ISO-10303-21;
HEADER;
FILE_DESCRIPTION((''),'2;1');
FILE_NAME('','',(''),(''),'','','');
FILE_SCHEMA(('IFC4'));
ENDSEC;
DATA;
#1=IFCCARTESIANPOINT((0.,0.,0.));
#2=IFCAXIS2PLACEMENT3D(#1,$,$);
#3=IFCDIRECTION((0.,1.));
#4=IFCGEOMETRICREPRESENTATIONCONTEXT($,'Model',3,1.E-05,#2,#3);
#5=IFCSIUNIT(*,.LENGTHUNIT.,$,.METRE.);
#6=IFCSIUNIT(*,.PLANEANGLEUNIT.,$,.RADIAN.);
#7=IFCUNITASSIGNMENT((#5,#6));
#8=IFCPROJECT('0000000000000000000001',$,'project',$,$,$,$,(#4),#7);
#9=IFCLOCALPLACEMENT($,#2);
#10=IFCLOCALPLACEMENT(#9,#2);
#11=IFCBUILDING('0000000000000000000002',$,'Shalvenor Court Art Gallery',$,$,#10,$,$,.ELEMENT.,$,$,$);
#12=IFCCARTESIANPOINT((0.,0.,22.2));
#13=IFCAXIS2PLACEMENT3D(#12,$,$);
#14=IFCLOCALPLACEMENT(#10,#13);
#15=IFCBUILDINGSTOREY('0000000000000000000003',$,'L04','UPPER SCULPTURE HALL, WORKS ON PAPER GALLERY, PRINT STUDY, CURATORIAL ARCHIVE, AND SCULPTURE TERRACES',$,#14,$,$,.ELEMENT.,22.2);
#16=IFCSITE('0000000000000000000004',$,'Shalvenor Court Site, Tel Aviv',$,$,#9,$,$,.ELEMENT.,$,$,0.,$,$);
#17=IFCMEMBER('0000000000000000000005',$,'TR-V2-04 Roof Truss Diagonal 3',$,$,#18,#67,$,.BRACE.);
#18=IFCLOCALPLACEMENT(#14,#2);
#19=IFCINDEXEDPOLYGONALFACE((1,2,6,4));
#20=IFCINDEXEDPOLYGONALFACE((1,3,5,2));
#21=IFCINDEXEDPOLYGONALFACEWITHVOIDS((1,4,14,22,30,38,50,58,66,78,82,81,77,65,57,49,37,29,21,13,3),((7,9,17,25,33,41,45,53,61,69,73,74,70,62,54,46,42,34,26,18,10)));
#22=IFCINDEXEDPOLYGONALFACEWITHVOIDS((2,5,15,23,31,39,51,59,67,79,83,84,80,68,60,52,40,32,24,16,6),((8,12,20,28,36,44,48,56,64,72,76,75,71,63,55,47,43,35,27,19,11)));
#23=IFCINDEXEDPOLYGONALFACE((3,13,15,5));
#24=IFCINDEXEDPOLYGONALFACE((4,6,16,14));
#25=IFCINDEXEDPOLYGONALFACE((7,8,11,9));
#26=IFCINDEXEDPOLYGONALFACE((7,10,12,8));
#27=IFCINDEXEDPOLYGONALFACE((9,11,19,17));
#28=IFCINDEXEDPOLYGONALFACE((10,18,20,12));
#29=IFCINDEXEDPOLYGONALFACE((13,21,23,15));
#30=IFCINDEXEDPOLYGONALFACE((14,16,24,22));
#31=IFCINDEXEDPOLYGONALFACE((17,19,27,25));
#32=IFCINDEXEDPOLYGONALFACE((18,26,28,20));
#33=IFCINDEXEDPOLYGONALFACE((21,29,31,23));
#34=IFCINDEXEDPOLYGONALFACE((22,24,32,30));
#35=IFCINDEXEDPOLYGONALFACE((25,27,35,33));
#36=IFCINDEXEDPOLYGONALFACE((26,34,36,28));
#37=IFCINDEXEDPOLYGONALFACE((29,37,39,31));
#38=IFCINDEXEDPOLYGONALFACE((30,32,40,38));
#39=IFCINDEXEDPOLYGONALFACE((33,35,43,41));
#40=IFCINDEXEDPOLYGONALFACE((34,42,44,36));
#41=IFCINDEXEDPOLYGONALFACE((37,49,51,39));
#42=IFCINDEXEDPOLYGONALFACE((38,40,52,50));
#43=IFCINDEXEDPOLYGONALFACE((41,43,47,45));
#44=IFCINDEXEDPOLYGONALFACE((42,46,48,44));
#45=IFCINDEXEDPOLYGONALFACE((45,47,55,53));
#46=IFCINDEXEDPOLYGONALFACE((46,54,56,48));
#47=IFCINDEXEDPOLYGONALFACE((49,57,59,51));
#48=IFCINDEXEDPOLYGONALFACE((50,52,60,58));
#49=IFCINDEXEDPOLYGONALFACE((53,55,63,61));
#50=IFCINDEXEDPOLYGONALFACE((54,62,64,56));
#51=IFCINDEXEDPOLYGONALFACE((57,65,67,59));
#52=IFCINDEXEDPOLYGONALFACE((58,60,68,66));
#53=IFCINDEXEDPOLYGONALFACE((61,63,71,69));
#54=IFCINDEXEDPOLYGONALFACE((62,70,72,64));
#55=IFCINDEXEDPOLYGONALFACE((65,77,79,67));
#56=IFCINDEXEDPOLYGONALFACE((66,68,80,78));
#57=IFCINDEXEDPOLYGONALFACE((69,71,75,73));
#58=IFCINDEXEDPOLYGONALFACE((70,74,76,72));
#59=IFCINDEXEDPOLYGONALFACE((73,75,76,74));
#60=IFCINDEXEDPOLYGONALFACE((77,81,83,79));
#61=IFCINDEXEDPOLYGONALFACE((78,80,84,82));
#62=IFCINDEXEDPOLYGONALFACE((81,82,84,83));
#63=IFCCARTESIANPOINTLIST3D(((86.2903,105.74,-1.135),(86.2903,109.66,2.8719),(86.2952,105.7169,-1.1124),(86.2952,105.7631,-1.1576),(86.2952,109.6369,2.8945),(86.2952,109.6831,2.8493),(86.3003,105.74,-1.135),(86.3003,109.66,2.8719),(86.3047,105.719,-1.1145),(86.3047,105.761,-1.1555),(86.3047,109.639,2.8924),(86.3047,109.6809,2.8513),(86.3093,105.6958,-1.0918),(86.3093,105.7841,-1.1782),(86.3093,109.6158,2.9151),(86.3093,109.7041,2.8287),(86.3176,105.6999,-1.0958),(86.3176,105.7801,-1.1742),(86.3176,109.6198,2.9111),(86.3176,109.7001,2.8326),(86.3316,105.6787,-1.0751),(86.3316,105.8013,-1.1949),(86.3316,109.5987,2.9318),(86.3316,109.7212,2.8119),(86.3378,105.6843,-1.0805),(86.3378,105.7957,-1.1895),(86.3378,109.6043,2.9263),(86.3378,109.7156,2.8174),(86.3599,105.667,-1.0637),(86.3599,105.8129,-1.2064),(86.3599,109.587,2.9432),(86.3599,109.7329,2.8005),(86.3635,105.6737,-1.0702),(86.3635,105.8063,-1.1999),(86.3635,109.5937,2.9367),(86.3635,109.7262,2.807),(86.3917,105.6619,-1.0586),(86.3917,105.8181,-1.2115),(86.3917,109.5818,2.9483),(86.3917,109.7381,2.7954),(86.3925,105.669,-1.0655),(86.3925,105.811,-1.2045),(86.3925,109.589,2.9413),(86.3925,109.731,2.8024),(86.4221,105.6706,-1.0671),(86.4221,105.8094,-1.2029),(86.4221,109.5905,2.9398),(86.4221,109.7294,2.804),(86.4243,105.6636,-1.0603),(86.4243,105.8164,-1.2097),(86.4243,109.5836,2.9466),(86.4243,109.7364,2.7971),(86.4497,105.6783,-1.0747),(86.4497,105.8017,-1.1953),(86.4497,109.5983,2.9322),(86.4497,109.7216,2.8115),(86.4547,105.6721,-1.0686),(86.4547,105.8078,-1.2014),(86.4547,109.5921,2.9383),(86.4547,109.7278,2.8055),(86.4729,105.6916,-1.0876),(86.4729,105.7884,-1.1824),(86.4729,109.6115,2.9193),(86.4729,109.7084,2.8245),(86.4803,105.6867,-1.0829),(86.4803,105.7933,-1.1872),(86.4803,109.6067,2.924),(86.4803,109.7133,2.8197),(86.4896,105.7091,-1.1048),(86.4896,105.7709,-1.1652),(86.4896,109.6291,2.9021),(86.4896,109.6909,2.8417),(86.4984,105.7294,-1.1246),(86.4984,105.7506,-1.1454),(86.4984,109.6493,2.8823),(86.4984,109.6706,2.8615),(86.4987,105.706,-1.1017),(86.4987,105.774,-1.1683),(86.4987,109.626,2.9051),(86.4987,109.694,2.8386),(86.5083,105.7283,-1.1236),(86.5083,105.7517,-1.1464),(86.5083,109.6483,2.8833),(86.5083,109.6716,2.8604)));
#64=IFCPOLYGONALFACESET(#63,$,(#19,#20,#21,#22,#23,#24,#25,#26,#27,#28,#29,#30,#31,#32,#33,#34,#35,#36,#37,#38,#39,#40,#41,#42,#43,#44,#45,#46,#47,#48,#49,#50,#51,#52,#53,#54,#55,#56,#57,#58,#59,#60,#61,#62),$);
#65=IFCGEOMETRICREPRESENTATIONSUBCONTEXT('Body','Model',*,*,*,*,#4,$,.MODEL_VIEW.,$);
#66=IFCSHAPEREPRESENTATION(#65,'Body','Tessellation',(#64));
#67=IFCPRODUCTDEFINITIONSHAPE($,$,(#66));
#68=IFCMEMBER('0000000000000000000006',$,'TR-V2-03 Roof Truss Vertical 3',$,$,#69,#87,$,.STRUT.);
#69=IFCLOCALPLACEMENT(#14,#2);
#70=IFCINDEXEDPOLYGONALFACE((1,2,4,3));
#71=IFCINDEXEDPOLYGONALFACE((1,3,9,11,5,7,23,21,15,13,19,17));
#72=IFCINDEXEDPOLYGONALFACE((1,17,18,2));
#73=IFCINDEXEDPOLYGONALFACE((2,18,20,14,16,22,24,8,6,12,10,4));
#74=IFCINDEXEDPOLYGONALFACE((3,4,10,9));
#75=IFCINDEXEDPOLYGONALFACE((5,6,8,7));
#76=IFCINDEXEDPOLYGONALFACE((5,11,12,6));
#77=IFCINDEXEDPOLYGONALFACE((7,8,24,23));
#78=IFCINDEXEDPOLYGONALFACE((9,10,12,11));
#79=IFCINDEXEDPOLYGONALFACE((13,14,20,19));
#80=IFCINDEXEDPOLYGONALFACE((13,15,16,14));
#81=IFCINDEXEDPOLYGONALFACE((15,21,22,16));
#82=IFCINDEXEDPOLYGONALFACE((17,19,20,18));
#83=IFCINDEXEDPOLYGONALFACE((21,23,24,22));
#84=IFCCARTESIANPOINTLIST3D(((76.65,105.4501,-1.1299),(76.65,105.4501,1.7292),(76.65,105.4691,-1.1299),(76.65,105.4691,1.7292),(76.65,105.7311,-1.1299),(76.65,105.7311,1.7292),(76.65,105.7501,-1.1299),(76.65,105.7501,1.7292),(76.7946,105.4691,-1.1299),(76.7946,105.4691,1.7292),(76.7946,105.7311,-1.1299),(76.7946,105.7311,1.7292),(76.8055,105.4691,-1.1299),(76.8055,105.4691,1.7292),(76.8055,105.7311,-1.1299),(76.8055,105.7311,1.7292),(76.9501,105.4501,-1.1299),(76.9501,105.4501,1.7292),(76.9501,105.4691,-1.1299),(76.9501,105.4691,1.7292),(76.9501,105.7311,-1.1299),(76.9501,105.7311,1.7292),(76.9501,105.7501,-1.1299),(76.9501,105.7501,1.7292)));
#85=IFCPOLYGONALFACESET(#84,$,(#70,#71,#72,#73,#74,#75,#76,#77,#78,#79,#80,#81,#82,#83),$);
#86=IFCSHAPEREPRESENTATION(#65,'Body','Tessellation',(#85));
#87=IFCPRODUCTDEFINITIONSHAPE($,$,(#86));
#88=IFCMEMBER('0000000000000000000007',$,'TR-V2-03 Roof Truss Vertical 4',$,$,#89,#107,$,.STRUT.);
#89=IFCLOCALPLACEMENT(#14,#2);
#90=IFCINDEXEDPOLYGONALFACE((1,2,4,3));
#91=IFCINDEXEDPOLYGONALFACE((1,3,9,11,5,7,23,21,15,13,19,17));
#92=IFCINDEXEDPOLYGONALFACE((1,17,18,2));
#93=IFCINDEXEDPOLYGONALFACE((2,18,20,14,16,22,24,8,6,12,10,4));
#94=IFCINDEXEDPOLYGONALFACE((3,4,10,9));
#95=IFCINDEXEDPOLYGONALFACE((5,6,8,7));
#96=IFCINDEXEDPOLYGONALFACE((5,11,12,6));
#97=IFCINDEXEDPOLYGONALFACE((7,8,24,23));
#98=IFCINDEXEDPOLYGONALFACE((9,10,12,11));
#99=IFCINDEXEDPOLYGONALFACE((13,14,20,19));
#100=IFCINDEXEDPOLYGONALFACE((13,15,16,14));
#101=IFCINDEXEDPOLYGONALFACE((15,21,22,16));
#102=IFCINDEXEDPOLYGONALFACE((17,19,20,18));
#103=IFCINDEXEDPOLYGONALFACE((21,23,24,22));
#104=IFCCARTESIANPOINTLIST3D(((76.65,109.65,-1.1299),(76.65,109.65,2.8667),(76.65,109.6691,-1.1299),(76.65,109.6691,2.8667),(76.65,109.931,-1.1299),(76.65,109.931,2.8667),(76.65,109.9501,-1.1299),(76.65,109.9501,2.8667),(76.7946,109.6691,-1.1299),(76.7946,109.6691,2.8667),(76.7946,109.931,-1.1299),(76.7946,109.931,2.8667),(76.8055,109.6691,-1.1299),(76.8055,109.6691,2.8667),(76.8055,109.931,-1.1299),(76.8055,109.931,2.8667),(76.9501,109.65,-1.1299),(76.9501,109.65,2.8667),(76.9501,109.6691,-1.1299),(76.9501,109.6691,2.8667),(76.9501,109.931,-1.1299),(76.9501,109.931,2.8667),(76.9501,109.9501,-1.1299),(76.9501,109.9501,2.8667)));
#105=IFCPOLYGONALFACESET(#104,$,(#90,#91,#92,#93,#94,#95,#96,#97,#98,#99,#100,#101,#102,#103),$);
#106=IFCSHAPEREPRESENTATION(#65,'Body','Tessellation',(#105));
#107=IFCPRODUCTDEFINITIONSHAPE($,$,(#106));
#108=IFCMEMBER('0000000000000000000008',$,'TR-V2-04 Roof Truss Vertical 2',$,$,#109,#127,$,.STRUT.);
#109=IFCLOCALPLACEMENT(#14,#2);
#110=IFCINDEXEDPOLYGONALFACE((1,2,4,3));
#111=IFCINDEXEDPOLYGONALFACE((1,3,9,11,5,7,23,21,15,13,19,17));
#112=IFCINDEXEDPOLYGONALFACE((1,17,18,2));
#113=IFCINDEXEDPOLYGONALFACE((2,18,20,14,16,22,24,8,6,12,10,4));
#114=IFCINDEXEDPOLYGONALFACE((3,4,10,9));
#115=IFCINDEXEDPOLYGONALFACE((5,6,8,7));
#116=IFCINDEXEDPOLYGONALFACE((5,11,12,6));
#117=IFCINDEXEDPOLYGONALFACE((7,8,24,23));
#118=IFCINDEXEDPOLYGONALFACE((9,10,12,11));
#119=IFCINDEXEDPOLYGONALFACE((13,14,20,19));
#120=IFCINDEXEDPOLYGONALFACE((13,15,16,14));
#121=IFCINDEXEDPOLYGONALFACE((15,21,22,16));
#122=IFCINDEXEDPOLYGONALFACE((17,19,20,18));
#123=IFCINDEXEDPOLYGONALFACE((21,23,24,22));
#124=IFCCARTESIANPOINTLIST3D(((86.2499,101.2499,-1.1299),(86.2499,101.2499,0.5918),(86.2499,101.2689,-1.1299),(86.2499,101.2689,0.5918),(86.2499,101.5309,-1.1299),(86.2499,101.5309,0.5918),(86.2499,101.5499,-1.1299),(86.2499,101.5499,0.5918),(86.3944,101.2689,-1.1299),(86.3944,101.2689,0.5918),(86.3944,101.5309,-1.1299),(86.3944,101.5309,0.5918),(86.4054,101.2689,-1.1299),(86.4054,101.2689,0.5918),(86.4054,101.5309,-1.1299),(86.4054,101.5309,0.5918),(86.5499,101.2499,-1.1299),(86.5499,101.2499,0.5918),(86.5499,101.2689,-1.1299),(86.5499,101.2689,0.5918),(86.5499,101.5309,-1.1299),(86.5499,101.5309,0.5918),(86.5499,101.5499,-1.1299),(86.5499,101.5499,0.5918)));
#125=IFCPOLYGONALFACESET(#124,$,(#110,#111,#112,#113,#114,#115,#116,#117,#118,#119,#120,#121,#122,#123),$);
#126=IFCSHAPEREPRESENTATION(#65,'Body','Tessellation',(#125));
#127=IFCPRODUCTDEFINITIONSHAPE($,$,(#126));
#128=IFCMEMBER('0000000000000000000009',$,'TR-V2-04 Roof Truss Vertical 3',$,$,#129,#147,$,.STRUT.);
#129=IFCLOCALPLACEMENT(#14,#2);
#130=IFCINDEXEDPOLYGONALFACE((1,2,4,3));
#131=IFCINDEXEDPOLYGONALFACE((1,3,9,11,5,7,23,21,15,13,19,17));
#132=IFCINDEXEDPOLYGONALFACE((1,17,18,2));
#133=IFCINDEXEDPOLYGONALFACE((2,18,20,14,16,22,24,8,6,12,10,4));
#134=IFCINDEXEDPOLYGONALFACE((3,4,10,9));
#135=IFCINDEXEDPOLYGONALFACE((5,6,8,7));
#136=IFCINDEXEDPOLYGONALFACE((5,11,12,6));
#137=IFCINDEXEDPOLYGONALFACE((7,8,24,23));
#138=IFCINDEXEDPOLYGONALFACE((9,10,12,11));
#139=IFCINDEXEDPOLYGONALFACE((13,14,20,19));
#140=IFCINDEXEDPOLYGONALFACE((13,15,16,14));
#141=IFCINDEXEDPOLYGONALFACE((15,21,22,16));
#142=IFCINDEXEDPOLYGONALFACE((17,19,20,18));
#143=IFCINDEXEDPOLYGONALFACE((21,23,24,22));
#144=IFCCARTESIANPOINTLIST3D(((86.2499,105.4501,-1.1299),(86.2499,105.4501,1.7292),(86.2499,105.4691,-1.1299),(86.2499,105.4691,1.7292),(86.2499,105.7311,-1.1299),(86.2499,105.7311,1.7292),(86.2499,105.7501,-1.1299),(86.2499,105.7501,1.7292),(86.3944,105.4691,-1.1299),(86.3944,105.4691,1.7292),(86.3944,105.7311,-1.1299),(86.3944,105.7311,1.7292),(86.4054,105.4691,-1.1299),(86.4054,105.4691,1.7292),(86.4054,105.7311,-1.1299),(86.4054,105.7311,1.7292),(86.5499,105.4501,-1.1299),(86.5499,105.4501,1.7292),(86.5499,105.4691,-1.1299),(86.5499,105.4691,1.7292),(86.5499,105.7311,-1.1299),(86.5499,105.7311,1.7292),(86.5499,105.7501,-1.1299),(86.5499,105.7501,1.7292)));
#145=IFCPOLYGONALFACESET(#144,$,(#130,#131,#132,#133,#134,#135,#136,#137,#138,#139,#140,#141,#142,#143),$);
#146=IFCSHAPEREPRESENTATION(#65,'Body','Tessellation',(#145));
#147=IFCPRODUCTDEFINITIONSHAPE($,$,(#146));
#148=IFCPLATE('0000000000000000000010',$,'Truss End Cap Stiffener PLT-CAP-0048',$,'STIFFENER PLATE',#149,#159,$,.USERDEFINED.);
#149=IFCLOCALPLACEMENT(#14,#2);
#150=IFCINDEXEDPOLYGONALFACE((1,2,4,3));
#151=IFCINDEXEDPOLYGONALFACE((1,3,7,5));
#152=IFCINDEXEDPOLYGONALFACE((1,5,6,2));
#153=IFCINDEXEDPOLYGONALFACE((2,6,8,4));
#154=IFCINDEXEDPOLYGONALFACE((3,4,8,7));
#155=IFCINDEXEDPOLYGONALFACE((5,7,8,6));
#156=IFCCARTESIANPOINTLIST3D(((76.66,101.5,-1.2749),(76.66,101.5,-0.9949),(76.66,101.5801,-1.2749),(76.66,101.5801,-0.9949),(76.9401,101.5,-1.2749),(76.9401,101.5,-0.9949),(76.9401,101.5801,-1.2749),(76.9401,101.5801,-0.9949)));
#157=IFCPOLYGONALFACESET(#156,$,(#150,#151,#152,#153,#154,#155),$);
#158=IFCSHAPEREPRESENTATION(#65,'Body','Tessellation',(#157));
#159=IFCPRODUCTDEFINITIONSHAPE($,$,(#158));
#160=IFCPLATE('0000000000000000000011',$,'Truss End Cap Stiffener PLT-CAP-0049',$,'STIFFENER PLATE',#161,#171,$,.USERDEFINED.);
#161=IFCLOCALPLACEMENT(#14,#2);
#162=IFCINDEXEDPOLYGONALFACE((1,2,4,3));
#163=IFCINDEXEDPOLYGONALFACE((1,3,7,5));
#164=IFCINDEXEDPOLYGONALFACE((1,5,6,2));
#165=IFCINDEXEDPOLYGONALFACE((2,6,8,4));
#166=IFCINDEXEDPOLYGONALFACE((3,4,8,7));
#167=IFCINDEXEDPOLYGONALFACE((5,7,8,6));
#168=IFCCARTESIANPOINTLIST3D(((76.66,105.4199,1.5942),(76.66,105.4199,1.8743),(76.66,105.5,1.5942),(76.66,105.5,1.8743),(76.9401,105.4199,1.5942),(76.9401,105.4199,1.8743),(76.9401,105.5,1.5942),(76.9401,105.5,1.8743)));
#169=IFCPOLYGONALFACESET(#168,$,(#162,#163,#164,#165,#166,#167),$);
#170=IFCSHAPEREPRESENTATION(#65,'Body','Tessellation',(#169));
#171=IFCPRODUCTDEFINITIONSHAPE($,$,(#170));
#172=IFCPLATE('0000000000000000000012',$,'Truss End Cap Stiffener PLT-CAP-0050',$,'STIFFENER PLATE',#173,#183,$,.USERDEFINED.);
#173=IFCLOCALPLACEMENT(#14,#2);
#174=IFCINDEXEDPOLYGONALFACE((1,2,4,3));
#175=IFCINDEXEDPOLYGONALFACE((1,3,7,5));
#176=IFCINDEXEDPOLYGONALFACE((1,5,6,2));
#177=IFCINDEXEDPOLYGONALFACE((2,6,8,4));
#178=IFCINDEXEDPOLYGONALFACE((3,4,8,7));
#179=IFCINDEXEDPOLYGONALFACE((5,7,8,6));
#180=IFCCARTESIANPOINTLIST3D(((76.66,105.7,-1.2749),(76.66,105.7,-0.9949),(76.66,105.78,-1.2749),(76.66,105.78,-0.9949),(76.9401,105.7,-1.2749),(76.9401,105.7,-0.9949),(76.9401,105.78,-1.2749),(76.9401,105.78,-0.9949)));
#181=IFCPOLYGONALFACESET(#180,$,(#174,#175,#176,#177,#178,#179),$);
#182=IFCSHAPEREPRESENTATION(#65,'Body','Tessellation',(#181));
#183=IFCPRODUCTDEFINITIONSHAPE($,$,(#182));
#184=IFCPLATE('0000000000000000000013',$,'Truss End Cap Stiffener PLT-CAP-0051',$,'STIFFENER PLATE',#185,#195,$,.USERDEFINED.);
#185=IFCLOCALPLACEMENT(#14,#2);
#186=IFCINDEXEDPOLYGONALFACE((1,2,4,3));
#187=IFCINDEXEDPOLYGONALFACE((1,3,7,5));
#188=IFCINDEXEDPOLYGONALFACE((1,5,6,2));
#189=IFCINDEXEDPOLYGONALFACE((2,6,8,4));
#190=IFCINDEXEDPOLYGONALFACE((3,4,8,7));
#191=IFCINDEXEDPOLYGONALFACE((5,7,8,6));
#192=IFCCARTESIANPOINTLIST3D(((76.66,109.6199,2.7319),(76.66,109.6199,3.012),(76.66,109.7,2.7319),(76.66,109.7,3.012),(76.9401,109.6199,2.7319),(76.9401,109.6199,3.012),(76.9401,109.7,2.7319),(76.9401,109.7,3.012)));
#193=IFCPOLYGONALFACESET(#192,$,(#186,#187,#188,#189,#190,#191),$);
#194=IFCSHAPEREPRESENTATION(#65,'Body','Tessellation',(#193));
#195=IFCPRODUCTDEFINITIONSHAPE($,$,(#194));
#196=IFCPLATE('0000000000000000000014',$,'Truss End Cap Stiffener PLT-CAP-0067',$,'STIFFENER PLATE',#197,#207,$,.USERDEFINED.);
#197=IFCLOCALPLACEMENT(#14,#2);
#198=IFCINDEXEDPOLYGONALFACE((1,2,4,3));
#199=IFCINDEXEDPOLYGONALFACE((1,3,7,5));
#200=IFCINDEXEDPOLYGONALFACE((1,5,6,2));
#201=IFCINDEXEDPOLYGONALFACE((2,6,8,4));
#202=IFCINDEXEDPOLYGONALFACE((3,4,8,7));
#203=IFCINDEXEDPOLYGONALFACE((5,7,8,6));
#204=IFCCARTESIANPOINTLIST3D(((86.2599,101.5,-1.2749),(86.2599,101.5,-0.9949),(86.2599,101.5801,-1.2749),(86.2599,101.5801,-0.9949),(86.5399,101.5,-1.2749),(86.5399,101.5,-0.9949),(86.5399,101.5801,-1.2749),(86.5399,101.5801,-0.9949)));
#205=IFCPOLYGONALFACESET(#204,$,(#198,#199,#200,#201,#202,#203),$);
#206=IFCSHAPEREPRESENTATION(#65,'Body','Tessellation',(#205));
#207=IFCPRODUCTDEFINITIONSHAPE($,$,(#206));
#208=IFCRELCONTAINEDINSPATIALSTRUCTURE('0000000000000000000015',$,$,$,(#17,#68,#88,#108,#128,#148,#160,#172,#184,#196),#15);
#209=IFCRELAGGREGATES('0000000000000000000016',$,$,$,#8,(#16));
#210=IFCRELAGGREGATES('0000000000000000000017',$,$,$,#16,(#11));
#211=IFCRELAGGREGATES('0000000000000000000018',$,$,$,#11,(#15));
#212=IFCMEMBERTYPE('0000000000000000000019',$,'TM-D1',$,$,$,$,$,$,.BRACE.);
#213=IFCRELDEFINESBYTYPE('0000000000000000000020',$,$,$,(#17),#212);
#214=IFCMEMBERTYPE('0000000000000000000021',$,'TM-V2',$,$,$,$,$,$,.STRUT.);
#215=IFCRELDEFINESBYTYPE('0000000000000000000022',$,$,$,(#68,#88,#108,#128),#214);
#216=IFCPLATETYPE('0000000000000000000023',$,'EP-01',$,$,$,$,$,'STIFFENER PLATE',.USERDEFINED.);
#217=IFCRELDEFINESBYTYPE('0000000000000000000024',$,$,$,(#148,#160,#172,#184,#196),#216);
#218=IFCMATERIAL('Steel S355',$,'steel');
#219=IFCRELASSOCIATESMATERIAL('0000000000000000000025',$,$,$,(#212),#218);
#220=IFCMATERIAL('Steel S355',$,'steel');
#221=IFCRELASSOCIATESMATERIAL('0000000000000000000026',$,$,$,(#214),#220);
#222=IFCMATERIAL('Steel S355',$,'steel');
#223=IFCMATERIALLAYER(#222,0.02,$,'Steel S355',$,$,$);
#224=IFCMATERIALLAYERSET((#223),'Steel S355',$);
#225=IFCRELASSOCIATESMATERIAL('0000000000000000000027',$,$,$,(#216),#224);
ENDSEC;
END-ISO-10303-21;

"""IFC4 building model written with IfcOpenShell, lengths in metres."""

from ifc_helpers import new_model, si_unit, direction, frame, origin, origin_2d, place, context, subcontext, project, spatial, rectangle, hollow_circle, i_section, extrude, material, layer, layer_set, material_profile, profile_set, type_object, element, save


model = new_model("IFC4")

# Units and contexts
model_context = context("Model", 3, precision=1e-05, world=origin(), true_north=direction((0.0, 1.0)))
body_context = subcontext(model_context, "Body", "Model", "MODEL_VIEW")
ifc_project = project(units=[si_unit("LENGTHUNIT", "METRE"), si_unit("PLANEANGLEUNIT", "RADIAN")], contexts=[model_context])

# Site, building, storey
site_placement = place(None, origin())
site = spatial("IfcSite", under=ifc_project, at=site_placement, Name="Shalvenor Court Site, Tel Aviv", CompositionType="ELEMENT", RefElevation=0.0)
building_placement = place(site_placement, origin())
building = spatial("IfcBuilding", under=site, at=building_placement, Name="Shalvenor Court Art Gallery", CompositionType="ELEMENT")
storey_placement = place(building_placement, frame((0.0, 0.0, 22.2)))
storey = spatial("IfcBuildingStorey", under=building, at=storey_placement, Name="L04", Description="UPPER SCULPTURE HALL, WORKS ON PAPER GALLERY, PRINT STUDY, CURATORIAL ARCHIVE, AND SCULPTURE TERRACES", CompositionType="ELEMENT", Elevation=22.2)

# Members
ifc_material_1 = material(Name="Steel S355", Category="steel")
ifc_material_profile_1 = material_profile(ifc_material_1, hollow_circle(Radius=0.1096, WallThickness=0.01, at=origin_2d()), Name="CHS 219.1x10.0")
ifc_profile_set_1 = profile_set([ifc_material_profile_1], Name="Steel S355")
member_type_1 = type_object("IfcMemberType", Name="TM-D1", PredefinedType="BRACE", material=ifc_profile_set_1)
member_1_placement = place(storey_placement, frame((86.3999, 105.74, -1.135), z_axis=(0.0, 0.699312, 0.714817), x_axis=(-1.0, 0.0, 0.0)))
element("IfcMember", 1, at=member_1_placement, inside=storey, type_object=member_type_1, Name="TR-V2-04 Roof Truss Diagonal 3", PredefinedType="BRACE", context=body_context, shape_type="SweptSolid", body=[
    extrude(hollow_circle(Radius=0.1096, WallThickness=0.01, at=origin_2d()), origin(), (0.0, 0.0, 1.0), 5.6055),
])
ifc_material_2 = material(Name="Steel S355", Category="steel")
ifc_material_profile_2 = material_profile(ifc_material_2, i_section(OverallWidth=0.3, OverallDepth=0.3, WebThickness=0.011, FlangeThickness=0.019, at=origin_2d()), Name="HEB 300")
ifc_profile_set_2 = profile_set([ifc_material_profile_2], Name="Steel S355")
member_type_2 = type_object("IfcMemberType", Name="TM-V2", PredefinedType="STRUT", material=ifc_profile_set_2)
member_2_placement = place(storey_placement, frame((76.8, 105.6001, -1.1299), z_axis=(0.0, 0.0, 1.0), x_axis=(1.0, 0.0, 0.0)))
element("IfcMember", 2, at=member_2_placement, inside=storey, type_object=member_type_2, Name="TR-V2-03 Roof Truss Vertical 3", PredefinedType="STRUT", context=body_context, shape_type="SweptSolid", body=[
    extrude(i_section(OverallWidth=0.3, OverallDepth=0.3, WebThickness=0.011, FlangeThickness=0.019, at=origin_2d()), origin(), (0.0, 0.0, 1.0), 2.8591),
])
member_3_placement = place(storey_placement, frame((76.8, 109.8, -1.1299), z_axis=(0.0, 0.0, 1.0), x_axis=(1.0, 0.0, 0.0)))
element("IfcMember", 3, at=member_3_placement, inside=storey, type_object=member_type_2, Name="TR-V2-03 Roof Truss Vertical 4", PredefinedType="STRUT", context=body_context, shape_type="SweptSolid", body=[
    extrude(i_section(OverallWidth=0.3, OverallDepth=0.3, WebThickness=0.011, FlangeThickness=0.019, at=origin_2d()), origin(), (0.0, 0.0, 1.0), 3.9966),
])
member_4_placement = place(storey_placement, frame((86.3999, 101.3999, -1.1299), z_axis=(0.0, 0.0, 1.0), x_axis=(1.0, 0.0, 0.0)))
element("IfcMember", 4, at=member_4_placement, inside=storey, type_object=member_type_2, Name="TR-V2-04 Roof Truss Vertical 2", PredefinedType="STRUT", context=body_context, shape_type="SweptSolid", body=[
    extrude(i_section(OverallWidth=0.3, OverallDepth=0.3, WebThickness=0.011, FlangeThickness=0.019, at=origin_2d()), origin(), (0.0, 0.0, 1.0), 1.7217),
])
member_5_placement = place(storey_placement, frame((86.3999, 105.6001, -1.1299), z_axis=(0.0, 0.0, 1.0), x_axis=(1.0, 0.0, 0.0)))
element("IfcMember", 5, at=member_5_placement, inside=storey, type_object=member_type_2, Name="TR-V2-04 Roof Truss Vertical 3", PredefinedType="STRUT", context=body_context, shape_type="SweptSolid", body=[
    extrude(i_section(OverallWidth=0.3, OverallDepth=0.3, WebThickness=0.011, FlangeThickness=0.019, at=origin_2d()), origin(), (0.0, 0.0, 1.0), 2.8591),
])

# Plates
ifc_material_3 = material(Name="Steel S355", Category="steel")
ifc_layer_1 = layer(ifc_material_3, 0.02, Name="Steel S355")
ifc_layer_set_1 = layer_set([ifc_layer_1], Name="Steel S355")
plate_type_1 = type_object("IfcPlateType", Name="EP-01", ElementType="STIFFENER PLATE", PredefinedType="USERDEFINED", material=ifc_layer_set_1)
for number, where, z_axis, x_axis, name in (
    (6, (76.8, 101.54, -1.2749), (0.0, 0.0, 1.0), (1.0, 0.0, 0.0), "Truss End Cap Stiffener PLT-CAP-0048"),
    (7, (76.8, 105.46, 1.5942), (0.0, 0.0, 1.0), (1.0, 0.0, 0.0), "Truss End Cap Stiffener PLT-CAP-0049"),
    (8, (76.8, 105.74, -1.2749), (0.0, 0.0, 1.0), (1.0, 0.0, 0.0), "Truss End Cap Stiffener PLT-CAP-0050"),
    (9, (76.8, 109.6599, 2.7319), (0.0, 0.0, 1.0), (1.0, 0.0, 0.0), "Truss End Cap Stiffener PLT-CAP-0051"),
    (10, (86.3999, 101.54, -1.2749), (0.0, 0.0, 1.0), (1.0, 0.0, 0.0), "Truss End Cap Stiffener PLT-CAP-0067"),
):
    element("IfcPlate", number, at=place(storey_placement, frame(where, z_axis=z_axis, x_axis=x_axis)), inside=storey, type_object=plate_type_1, Name=name, ObjectType="STIFFENER PLATE", PredefinedType="USERDEFINED", context=body_context, shape_type="SweptSolid", body=[
        extrude(rectangle(XDim=0.28, YDim=0.0801, at=origin_2d()), origin(), (0.0, 0.0, 1.0), 0.28),
    ])

save(model, "model.ifc")
